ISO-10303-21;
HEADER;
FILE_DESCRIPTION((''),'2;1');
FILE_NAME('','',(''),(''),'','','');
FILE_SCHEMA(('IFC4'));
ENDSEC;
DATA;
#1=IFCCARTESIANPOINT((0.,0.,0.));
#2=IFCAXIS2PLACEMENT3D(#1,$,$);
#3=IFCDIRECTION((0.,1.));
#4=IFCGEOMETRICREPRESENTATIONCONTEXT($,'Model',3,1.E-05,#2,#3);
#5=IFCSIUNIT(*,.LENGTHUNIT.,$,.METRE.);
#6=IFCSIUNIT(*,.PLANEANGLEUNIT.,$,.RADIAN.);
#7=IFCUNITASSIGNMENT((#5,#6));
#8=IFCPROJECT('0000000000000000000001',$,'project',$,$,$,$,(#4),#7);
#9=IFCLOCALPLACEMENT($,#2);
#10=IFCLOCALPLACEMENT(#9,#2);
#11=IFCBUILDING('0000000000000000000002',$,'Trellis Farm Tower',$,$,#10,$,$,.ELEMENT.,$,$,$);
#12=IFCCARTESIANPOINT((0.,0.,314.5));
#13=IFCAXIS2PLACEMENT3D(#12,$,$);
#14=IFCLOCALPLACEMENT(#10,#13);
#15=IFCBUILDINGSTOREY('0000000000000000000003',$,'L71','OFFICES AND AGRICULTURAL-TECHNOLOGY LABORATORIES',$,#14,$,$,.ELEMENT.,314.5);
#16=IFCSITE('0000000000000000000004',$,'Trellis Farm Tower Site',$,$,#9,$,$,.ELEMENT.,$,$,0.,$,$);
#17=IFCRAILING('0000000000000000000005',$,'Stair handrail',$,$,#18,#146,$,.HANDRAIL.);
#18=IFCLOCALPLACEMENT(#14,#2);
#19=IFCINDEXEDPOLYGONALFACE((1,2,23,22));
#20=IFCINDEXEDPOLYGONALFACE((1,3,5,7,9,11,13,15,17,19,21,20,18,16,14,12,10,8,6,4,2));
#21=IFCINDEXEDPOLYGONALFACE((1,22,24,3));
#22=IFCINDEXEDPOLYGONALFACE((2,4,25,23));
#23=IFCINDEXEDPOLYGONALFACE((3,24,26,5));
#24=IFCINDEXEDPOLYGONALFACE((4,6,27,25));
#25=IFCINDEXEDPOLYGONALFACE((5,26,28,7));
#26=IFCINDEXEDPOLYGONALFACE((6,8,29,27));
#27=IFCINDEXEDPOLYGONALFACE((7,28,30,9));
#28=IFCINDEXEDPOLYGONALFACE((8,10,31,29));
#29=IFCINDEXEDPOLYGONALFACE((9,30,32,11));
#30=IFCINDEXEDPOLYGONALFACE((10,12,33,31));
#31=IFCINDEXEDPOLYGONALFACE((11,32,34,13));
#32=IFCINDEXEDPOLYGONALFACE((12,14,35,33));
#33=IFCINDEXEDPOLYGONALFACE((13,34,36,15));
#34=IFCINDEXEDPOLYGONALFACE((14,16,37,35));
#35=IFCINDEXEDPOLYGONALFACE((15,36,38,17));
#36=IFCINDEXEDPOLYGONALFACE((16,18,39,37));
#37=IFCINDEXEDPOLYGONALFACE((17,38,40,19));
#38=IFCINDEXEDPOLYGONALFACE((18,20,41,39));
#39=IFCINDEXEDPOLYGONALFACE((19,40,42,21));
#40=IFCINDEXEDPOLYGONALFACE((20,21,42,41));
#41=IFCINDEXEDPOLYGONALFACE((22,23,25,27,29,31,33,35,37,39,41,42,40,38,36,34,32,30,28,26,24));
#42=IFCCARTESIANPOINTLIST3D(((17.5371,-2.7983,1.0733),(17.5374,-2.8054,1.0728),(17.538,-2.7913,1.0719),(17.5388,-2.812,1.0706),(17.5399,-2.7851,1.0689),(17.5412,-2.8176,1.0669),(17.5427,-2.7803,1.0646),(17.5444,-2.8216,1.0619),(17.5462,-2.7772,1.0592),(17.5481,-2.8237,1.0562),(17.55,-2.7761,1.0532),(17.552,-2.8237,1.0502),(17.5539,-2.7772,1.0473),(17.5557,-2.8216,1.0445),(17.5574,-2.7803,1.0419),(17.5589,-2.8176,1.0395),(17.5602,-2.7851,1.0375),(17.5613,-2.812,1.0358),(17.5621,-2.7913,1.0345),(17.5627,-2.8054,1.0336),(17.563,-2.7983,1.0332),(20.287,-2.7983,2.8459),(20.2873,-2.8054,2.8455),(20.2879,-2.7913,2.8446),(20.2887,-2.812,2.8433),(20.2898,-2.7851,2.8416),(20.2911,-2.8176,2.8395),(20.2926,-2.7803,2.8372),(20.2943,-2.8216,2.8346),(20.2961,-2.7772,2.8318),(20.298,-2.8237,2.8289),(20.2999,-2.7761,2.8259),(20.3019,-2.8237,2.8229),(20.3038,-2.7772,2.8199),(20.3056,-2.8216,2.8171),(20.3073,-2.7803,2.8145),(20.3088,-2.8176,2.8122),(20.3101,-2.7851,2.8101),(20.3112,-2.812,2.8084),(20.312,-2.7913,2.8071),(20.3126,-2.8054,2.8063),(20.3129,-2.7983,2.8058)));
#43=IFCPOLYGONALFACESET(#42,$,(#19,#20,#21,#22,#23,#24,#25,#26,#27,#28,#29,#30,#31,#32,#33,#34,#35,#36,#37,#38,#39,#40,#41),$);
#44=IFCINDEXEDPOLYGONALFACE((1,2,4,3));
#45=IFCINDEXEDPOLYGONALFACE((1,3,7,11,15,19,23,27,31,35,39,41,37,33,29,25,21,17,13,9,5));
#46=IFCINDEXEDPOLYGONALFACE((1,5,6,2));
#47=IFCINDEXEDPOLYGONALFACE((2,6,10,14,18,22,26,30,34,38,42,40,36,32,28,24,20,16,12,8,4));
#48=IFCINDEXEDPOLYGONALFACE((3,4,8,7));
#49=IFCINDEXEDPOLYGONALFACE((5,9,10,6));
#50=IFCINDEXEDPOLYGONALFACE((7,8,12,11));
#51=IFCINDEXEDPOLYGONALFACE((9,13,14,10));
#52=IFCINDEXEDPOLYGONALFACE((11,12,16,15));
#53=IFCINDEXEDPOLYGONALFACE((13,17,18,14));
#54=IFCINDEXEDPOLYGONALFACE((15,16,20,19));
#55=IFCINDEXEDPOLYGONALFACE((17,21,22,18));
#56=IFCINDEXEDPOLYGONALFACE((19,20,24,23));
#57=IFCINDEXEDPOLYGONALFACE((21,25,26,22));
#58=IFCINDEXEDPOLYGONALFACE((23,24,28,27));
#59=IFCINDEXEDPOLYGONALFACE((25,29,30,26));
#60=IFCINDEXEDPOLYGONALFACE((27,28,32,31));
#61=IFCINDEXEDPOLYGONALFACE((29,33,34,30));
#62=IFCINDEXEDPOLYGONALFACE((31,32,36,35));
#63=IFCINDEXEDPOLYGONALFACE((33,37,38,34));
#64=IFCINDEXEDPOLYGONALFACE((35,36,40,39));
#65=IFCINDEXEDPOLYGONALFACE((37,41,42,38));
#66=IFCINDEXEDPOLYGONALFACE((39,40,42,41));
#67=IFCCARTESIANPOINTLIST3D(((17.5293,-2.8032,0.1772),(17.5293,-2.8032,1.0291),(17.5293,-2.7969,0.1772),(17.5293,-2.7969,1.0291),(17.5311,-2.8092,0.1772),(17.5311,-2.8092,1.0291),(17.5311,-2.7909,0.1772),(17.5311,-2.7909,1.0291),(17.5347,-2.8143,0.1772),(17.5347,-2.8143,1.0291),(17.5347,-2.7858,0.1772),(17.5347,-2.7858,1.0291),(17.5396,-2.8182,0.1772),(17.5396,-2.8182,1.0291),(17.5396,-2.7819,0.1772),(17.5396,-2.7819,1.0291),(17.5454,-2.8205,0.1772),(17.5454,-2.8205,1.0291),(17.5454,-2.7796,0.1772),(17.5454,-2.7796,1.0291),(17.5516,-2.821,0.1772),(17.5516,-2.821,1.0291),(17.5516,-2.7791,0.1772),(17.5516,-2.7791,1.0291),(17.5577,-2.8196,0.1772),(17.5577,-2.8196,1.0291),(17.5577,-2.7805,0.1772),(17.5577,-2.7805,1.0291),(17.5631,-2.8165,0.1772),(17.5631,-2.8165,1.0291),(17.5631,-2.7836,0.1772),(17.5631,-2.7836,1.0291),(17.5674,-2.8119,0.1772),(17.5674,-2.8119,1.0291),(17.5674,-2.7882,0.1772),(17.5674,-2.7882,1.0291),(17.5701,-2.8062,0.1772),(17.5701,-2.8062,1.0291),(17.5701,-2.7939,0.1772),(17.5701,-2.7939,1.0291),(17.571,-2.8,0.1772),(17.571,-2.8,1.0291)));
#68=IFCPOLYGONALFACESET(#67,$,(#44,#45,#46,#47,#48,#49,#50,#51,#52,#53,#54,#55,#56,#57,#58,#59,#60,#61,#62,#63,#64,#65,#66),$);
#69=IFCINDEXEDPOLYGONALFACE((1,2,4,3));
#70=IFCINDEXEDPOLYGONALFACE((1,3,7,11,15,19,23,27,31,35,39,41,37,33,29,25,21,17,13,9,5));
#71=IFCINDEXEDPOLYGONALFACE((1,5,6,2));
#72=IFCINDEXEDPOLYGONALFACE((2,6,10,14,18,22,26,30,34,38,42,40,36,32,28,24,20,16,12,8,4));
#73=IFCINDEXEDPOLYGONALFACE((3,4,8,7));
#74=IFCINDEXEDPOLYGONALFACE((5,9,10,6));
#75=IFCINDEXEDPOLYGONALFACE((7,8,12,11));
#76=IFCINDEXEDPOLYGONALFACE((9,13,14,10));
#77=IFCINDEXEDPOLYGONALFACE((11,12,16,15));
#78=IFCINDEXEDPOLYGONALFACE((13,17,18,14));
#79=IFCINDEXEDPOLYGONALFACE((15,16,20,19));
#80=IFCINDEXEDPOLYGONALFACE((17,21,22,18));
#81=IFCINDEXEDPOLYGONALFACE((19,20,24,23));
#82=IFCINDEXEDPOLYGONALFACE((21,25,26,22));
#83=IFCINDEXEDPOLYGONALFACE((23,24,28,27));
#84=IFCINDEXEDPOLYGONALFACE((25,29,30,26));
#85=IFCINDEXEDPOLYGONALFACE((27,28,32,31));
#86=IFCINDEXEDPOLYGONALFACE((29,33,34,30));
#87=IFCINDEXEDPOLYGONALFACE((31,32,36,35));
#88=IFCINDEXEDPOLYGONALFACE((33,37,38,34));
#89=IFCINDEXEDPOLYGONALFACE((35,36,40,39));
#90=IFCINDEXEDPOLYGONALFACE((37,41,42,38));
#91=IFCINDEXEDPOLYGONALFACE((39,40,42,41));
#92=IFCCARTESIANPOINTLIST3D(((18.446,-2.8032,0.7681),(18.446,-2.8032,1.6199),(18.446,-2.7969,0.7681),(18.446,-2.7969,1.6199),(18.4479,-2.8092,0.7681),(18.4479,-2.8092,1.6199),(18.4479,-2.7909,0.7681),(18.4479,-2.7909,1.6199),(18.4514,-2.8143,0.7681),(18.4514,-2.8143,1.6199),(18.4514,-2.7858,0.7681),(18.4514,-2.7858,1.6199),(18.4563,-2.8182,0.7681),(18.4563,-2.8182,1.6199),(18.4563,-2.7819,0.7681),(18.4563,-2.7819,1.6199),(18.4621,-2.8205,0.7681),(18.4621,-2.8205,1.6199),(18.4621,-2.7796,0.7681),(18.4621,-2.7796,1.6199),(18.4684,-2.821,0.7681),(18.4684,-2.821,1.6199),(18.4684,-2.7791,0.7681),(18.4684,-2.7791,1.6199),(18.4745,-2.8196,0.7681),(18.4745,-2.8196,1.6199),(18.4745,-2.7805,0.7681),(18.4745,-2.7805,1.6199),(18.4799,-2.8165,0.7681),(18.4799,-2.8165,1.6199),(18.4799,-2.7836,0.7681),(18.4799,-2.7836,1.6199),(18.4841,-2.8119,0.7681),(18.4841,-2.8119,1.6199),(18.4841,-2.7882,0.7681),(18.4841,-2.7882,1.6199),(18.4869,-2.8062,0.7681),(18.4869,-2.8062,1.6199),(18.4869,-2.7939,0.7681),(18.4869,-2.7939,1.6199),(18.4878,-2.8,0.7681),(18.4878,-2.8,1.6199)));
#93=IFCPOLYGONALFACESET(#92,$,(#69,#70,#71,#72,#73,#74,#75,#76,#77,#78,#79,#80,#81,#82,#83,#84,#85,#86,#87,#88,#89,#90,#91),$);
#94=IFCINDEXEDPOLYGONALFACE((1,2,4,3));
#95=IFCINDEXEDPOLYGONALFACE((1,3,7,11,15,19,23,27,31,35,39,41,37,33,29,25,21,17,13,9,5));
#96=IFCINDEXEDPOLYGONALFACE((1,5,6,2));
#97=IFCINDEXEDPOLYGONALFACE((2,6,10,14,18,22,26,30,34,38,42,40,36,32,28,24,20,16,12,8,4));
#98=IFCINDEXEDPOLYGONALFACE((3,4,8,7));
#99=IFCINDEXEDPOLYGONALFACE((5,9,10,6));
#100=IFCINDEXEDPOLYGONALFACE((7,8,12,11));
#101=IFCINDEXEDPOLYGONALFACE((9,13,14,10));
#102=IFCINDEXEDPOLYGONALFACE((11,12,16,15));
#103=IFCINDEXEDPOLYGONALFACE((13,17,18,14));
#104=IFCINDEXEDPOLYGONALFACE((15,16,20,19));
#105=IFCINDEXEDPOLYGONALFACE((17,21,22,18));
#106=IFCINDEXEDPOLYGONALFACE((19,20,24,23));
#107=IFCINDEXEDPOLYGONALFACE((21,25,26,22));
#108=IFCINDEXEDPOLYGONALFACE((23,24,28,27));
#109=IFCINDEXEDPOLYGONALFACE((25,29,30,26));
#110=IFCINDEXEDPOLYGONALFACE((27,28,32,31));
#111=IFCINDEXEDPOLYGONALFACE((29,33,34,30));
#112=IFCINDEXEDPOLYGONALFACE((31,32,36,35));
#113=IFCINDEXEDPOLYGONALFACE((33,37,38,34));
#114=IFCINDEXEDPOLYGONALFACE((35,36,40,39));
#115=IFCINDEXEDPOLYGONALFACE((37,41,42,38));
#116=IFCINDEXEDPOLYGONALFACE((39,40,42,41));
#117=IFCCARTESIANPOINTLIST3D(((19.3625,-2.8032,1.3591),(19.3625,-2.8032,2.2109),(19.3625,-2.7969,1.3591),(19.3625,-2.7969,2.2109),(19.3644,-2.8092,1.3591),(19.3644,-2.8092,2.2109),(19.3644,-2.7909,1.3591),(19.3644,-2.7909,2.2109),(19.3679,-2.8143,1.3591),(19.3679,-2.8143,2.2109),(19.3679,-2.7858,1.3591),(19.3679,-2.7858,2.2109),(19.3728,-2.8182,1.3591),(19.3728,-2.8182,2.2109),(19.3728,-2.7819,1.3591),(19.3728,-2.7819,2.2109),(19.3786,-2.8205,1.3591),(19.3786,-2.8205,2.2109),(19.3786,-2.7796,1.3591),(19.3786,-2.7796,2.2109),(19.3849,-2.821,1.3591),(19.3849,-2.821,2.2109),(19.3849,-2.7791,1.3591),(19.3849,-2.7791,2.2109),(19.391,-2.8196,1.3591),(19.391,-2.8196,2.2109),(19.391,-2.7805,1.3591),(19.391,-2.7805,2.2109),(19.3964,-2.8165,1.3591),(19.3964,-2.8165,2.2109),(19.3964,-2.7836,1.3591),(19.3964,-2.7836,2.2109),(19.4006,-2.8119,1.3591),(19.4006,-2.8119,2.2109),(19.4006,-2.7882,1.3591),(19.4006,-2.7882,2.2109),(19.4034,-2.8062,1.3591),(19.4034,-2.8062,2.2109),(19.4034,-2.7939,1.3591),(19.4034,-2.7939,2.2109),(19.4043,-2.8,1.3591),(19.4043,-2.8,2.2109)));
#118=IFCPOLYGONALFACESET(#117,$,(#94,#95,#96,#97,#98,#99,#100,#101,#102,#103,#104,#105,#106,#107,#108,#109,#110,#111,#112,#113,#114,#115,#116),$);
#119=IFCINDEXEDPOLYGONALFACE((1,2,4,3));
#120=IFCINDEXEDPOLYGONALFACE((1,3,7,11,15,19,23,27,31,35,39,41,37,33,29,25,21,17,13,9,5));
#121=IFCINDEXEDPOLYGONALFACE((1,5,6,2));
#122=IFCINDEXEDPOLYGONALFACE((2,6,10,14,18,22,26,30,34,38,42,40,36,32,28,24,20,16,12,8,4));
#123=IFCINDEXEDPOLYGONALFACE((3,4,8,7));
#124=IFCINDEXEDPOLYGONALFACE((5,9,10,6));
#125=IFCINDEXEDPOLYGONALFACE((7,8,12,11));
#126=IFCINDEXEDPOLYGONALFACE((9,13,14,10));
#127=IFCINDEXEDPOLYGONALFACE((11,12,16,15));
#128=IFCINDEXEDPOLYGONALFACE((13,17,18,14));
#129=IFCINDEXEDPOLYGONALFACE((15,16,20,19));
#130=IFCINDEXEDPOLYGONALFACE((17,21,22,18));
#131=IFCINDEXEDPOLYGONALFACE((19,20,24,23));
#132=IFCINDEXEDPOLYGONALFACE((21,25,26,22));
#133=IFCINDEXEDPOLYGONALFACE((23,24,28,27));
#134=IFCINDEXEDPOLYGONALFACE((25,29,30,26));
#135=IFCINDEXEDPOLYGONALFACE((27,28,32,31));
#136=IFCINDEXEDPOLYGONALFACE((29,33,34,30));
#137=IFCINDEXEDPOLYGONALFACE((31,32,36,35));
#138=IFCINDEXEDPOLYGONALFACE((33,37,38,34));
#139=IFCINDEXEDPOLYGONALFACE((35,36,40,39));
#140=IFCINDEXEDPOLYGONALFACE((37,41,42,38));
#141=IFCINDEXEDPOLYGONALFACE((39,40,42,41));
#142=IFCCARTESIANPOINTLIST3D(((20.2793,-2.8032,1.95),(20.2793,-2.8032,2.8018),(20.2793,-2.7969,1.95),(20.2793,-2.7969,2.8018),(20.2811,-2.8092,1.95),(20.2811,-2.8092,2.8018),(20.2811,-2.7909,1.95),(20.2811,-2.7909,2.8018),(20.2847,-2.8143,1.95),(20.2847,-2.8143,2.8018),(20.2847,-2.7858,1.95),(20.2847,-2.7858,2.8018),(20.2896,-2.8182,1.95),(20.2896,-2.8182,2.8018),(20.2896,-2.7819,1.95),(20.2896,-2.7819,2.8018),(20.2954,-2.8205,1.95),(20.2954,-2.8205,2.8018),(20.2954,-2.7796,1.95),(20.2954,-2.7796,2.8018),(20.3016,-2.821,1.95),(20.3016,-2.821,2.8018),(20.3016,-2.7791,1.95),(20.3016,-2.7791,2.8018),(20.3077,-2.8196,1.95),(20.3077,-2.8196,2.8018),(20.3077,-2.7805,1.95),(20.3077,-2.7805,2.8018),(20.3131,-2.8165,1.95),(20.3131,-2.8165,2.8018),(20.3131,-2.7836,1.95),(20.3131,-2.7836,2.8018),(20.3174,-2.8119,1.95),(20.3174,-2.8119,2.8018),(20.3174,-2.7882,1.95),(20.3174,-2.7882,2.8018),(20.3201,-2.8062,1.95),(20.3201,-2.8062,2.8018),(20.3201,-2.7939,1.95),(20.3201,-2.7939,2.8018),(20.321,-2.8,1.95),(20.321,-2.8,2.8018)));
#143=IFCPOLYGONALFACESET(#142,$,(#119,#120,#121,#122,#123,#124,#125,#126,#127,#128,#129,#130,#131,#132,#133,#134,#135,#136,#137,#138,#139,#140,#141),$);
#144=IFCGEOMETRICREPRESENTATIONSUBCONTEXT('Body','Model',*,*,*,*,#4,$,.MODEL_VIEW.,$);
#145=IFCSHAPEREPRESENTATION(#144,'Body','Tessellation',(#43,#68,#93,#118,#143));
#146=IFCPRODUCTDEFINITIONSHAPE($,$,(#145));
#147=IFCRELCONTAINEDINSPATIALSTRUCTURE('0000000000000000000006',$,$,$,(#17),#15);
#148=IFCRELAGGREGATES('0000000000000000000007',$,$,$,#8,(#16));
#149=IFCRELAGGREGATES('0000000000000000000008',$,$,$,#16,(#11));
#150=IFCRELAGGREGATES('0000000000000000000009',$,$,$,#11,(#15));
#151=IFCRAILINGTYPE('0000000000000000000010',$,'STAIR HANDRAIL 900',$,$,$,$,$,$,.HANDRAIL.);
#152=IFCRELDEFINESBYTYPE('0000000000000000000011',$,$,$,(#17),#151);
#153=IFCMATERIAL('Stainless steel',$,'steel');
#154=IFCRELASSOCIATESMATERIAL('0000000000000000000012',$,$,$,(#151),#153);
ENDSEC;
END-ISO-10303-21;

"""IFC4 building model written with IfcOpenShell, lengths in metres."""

from ifc_helpers import new_model, si_unit, direction, frame, origin, origin_2d, place, context, subcontext, project, spatial, circle, extrude, source, transform, mapped, material, type_object, element, save


model = new_model("IFC4")

# Units and contexts
model_context = context("Model", 3, precision=1e-05, world=origin(), true_north=direction((0.0, 1.0)))
body_context = subcontext(model_context, "Body", "Model", "MODEL_VIEW")
ifc_project = project(units=[si_unit("LENGTHUNIT", "METRE"), si_unit("PLANEANGLEUNIT", "RADIAN")], contexts=[model_context])

# Site, building, storey
site_placement = place(None, origin())
site = spatial("IfcSite", under=ifc_project, at=site_placement, Name="Trellis Farm Tower Site", CompositionType="ELEMENT", RefElevation=0.0)
building_placement = place(site_placement, origin())
building = spatial("IfcBuilding", under=site, at=building_placement, Name="Trellis Farm Tower", CompositionType="ELEMENT")
storey_placement = place(building_placement, frame((0.0, 0.0, 314.5)))
storey = spatial("IfcBuildingStorey", under=building, at=storey_placement, Name="L71", Description="OFFICES AND AGRICULTURAL-TECHNOLOGY LABORATORIES", CompositionType="ELEMENT", Elevation=314.5)

# Railing
ifc_material_1 = material(Name="Stainless steel", Category="steel")
railing_type = type_object("IfcRailingType", Name="STAIR HANDRAIL 900", PredefinedType="HANDRAIL", material=ifc_material_1)
shared_shape_1 = source(origin(), body_context, "Body", "SweptSolid", [
    extrude(circle(Radius=0.0239, at=origin_2d()), frame((0.0, 0.0, 0.876), z_axis=(0.840504, 0.0, 0.541806), x_axis=(0.0, 1.0, 0.0)), (0.0, 0.0, 1.0), 3.2717),
    extrude(circle(Radius=0.021, at=origin_2d()), origin(), (0.0, 0.0, 1.0), 0.8518),
    extrude(circle(Radius=0.021, at=origin_2d()), frame((0.9167, 0.0, 0.5908)), (0.0, 0.0, 1.0), 0.8518),
    extrude(circle(Radius=0.021, at=origin_2d()), frame((1.8333, 0.0, 1.1819)), (0.0, 0.0, 1.0), 0.8518),
    extrude(circle(Radius=0.021, at=origin_2d()), frame((2.75, 0.0, 1.7727)), (0.0, 0.0, 1.0), 0.8518),
])
railing_placement = place(storey_placement, frame((17.55, -2.8, 0.1772)))
element("IfcRailing", 1, at=railing_placement, inside=storey, type_object=railing_type, Name="Stair handrail", PredefinedType="HANDRAIL", context=body_context, shape_type="MappedRepresentation", body=[
    mapped(shared_shape_1, transform((0.0, 0.0, 0.0))),
])

save(model, "model.ifc")
